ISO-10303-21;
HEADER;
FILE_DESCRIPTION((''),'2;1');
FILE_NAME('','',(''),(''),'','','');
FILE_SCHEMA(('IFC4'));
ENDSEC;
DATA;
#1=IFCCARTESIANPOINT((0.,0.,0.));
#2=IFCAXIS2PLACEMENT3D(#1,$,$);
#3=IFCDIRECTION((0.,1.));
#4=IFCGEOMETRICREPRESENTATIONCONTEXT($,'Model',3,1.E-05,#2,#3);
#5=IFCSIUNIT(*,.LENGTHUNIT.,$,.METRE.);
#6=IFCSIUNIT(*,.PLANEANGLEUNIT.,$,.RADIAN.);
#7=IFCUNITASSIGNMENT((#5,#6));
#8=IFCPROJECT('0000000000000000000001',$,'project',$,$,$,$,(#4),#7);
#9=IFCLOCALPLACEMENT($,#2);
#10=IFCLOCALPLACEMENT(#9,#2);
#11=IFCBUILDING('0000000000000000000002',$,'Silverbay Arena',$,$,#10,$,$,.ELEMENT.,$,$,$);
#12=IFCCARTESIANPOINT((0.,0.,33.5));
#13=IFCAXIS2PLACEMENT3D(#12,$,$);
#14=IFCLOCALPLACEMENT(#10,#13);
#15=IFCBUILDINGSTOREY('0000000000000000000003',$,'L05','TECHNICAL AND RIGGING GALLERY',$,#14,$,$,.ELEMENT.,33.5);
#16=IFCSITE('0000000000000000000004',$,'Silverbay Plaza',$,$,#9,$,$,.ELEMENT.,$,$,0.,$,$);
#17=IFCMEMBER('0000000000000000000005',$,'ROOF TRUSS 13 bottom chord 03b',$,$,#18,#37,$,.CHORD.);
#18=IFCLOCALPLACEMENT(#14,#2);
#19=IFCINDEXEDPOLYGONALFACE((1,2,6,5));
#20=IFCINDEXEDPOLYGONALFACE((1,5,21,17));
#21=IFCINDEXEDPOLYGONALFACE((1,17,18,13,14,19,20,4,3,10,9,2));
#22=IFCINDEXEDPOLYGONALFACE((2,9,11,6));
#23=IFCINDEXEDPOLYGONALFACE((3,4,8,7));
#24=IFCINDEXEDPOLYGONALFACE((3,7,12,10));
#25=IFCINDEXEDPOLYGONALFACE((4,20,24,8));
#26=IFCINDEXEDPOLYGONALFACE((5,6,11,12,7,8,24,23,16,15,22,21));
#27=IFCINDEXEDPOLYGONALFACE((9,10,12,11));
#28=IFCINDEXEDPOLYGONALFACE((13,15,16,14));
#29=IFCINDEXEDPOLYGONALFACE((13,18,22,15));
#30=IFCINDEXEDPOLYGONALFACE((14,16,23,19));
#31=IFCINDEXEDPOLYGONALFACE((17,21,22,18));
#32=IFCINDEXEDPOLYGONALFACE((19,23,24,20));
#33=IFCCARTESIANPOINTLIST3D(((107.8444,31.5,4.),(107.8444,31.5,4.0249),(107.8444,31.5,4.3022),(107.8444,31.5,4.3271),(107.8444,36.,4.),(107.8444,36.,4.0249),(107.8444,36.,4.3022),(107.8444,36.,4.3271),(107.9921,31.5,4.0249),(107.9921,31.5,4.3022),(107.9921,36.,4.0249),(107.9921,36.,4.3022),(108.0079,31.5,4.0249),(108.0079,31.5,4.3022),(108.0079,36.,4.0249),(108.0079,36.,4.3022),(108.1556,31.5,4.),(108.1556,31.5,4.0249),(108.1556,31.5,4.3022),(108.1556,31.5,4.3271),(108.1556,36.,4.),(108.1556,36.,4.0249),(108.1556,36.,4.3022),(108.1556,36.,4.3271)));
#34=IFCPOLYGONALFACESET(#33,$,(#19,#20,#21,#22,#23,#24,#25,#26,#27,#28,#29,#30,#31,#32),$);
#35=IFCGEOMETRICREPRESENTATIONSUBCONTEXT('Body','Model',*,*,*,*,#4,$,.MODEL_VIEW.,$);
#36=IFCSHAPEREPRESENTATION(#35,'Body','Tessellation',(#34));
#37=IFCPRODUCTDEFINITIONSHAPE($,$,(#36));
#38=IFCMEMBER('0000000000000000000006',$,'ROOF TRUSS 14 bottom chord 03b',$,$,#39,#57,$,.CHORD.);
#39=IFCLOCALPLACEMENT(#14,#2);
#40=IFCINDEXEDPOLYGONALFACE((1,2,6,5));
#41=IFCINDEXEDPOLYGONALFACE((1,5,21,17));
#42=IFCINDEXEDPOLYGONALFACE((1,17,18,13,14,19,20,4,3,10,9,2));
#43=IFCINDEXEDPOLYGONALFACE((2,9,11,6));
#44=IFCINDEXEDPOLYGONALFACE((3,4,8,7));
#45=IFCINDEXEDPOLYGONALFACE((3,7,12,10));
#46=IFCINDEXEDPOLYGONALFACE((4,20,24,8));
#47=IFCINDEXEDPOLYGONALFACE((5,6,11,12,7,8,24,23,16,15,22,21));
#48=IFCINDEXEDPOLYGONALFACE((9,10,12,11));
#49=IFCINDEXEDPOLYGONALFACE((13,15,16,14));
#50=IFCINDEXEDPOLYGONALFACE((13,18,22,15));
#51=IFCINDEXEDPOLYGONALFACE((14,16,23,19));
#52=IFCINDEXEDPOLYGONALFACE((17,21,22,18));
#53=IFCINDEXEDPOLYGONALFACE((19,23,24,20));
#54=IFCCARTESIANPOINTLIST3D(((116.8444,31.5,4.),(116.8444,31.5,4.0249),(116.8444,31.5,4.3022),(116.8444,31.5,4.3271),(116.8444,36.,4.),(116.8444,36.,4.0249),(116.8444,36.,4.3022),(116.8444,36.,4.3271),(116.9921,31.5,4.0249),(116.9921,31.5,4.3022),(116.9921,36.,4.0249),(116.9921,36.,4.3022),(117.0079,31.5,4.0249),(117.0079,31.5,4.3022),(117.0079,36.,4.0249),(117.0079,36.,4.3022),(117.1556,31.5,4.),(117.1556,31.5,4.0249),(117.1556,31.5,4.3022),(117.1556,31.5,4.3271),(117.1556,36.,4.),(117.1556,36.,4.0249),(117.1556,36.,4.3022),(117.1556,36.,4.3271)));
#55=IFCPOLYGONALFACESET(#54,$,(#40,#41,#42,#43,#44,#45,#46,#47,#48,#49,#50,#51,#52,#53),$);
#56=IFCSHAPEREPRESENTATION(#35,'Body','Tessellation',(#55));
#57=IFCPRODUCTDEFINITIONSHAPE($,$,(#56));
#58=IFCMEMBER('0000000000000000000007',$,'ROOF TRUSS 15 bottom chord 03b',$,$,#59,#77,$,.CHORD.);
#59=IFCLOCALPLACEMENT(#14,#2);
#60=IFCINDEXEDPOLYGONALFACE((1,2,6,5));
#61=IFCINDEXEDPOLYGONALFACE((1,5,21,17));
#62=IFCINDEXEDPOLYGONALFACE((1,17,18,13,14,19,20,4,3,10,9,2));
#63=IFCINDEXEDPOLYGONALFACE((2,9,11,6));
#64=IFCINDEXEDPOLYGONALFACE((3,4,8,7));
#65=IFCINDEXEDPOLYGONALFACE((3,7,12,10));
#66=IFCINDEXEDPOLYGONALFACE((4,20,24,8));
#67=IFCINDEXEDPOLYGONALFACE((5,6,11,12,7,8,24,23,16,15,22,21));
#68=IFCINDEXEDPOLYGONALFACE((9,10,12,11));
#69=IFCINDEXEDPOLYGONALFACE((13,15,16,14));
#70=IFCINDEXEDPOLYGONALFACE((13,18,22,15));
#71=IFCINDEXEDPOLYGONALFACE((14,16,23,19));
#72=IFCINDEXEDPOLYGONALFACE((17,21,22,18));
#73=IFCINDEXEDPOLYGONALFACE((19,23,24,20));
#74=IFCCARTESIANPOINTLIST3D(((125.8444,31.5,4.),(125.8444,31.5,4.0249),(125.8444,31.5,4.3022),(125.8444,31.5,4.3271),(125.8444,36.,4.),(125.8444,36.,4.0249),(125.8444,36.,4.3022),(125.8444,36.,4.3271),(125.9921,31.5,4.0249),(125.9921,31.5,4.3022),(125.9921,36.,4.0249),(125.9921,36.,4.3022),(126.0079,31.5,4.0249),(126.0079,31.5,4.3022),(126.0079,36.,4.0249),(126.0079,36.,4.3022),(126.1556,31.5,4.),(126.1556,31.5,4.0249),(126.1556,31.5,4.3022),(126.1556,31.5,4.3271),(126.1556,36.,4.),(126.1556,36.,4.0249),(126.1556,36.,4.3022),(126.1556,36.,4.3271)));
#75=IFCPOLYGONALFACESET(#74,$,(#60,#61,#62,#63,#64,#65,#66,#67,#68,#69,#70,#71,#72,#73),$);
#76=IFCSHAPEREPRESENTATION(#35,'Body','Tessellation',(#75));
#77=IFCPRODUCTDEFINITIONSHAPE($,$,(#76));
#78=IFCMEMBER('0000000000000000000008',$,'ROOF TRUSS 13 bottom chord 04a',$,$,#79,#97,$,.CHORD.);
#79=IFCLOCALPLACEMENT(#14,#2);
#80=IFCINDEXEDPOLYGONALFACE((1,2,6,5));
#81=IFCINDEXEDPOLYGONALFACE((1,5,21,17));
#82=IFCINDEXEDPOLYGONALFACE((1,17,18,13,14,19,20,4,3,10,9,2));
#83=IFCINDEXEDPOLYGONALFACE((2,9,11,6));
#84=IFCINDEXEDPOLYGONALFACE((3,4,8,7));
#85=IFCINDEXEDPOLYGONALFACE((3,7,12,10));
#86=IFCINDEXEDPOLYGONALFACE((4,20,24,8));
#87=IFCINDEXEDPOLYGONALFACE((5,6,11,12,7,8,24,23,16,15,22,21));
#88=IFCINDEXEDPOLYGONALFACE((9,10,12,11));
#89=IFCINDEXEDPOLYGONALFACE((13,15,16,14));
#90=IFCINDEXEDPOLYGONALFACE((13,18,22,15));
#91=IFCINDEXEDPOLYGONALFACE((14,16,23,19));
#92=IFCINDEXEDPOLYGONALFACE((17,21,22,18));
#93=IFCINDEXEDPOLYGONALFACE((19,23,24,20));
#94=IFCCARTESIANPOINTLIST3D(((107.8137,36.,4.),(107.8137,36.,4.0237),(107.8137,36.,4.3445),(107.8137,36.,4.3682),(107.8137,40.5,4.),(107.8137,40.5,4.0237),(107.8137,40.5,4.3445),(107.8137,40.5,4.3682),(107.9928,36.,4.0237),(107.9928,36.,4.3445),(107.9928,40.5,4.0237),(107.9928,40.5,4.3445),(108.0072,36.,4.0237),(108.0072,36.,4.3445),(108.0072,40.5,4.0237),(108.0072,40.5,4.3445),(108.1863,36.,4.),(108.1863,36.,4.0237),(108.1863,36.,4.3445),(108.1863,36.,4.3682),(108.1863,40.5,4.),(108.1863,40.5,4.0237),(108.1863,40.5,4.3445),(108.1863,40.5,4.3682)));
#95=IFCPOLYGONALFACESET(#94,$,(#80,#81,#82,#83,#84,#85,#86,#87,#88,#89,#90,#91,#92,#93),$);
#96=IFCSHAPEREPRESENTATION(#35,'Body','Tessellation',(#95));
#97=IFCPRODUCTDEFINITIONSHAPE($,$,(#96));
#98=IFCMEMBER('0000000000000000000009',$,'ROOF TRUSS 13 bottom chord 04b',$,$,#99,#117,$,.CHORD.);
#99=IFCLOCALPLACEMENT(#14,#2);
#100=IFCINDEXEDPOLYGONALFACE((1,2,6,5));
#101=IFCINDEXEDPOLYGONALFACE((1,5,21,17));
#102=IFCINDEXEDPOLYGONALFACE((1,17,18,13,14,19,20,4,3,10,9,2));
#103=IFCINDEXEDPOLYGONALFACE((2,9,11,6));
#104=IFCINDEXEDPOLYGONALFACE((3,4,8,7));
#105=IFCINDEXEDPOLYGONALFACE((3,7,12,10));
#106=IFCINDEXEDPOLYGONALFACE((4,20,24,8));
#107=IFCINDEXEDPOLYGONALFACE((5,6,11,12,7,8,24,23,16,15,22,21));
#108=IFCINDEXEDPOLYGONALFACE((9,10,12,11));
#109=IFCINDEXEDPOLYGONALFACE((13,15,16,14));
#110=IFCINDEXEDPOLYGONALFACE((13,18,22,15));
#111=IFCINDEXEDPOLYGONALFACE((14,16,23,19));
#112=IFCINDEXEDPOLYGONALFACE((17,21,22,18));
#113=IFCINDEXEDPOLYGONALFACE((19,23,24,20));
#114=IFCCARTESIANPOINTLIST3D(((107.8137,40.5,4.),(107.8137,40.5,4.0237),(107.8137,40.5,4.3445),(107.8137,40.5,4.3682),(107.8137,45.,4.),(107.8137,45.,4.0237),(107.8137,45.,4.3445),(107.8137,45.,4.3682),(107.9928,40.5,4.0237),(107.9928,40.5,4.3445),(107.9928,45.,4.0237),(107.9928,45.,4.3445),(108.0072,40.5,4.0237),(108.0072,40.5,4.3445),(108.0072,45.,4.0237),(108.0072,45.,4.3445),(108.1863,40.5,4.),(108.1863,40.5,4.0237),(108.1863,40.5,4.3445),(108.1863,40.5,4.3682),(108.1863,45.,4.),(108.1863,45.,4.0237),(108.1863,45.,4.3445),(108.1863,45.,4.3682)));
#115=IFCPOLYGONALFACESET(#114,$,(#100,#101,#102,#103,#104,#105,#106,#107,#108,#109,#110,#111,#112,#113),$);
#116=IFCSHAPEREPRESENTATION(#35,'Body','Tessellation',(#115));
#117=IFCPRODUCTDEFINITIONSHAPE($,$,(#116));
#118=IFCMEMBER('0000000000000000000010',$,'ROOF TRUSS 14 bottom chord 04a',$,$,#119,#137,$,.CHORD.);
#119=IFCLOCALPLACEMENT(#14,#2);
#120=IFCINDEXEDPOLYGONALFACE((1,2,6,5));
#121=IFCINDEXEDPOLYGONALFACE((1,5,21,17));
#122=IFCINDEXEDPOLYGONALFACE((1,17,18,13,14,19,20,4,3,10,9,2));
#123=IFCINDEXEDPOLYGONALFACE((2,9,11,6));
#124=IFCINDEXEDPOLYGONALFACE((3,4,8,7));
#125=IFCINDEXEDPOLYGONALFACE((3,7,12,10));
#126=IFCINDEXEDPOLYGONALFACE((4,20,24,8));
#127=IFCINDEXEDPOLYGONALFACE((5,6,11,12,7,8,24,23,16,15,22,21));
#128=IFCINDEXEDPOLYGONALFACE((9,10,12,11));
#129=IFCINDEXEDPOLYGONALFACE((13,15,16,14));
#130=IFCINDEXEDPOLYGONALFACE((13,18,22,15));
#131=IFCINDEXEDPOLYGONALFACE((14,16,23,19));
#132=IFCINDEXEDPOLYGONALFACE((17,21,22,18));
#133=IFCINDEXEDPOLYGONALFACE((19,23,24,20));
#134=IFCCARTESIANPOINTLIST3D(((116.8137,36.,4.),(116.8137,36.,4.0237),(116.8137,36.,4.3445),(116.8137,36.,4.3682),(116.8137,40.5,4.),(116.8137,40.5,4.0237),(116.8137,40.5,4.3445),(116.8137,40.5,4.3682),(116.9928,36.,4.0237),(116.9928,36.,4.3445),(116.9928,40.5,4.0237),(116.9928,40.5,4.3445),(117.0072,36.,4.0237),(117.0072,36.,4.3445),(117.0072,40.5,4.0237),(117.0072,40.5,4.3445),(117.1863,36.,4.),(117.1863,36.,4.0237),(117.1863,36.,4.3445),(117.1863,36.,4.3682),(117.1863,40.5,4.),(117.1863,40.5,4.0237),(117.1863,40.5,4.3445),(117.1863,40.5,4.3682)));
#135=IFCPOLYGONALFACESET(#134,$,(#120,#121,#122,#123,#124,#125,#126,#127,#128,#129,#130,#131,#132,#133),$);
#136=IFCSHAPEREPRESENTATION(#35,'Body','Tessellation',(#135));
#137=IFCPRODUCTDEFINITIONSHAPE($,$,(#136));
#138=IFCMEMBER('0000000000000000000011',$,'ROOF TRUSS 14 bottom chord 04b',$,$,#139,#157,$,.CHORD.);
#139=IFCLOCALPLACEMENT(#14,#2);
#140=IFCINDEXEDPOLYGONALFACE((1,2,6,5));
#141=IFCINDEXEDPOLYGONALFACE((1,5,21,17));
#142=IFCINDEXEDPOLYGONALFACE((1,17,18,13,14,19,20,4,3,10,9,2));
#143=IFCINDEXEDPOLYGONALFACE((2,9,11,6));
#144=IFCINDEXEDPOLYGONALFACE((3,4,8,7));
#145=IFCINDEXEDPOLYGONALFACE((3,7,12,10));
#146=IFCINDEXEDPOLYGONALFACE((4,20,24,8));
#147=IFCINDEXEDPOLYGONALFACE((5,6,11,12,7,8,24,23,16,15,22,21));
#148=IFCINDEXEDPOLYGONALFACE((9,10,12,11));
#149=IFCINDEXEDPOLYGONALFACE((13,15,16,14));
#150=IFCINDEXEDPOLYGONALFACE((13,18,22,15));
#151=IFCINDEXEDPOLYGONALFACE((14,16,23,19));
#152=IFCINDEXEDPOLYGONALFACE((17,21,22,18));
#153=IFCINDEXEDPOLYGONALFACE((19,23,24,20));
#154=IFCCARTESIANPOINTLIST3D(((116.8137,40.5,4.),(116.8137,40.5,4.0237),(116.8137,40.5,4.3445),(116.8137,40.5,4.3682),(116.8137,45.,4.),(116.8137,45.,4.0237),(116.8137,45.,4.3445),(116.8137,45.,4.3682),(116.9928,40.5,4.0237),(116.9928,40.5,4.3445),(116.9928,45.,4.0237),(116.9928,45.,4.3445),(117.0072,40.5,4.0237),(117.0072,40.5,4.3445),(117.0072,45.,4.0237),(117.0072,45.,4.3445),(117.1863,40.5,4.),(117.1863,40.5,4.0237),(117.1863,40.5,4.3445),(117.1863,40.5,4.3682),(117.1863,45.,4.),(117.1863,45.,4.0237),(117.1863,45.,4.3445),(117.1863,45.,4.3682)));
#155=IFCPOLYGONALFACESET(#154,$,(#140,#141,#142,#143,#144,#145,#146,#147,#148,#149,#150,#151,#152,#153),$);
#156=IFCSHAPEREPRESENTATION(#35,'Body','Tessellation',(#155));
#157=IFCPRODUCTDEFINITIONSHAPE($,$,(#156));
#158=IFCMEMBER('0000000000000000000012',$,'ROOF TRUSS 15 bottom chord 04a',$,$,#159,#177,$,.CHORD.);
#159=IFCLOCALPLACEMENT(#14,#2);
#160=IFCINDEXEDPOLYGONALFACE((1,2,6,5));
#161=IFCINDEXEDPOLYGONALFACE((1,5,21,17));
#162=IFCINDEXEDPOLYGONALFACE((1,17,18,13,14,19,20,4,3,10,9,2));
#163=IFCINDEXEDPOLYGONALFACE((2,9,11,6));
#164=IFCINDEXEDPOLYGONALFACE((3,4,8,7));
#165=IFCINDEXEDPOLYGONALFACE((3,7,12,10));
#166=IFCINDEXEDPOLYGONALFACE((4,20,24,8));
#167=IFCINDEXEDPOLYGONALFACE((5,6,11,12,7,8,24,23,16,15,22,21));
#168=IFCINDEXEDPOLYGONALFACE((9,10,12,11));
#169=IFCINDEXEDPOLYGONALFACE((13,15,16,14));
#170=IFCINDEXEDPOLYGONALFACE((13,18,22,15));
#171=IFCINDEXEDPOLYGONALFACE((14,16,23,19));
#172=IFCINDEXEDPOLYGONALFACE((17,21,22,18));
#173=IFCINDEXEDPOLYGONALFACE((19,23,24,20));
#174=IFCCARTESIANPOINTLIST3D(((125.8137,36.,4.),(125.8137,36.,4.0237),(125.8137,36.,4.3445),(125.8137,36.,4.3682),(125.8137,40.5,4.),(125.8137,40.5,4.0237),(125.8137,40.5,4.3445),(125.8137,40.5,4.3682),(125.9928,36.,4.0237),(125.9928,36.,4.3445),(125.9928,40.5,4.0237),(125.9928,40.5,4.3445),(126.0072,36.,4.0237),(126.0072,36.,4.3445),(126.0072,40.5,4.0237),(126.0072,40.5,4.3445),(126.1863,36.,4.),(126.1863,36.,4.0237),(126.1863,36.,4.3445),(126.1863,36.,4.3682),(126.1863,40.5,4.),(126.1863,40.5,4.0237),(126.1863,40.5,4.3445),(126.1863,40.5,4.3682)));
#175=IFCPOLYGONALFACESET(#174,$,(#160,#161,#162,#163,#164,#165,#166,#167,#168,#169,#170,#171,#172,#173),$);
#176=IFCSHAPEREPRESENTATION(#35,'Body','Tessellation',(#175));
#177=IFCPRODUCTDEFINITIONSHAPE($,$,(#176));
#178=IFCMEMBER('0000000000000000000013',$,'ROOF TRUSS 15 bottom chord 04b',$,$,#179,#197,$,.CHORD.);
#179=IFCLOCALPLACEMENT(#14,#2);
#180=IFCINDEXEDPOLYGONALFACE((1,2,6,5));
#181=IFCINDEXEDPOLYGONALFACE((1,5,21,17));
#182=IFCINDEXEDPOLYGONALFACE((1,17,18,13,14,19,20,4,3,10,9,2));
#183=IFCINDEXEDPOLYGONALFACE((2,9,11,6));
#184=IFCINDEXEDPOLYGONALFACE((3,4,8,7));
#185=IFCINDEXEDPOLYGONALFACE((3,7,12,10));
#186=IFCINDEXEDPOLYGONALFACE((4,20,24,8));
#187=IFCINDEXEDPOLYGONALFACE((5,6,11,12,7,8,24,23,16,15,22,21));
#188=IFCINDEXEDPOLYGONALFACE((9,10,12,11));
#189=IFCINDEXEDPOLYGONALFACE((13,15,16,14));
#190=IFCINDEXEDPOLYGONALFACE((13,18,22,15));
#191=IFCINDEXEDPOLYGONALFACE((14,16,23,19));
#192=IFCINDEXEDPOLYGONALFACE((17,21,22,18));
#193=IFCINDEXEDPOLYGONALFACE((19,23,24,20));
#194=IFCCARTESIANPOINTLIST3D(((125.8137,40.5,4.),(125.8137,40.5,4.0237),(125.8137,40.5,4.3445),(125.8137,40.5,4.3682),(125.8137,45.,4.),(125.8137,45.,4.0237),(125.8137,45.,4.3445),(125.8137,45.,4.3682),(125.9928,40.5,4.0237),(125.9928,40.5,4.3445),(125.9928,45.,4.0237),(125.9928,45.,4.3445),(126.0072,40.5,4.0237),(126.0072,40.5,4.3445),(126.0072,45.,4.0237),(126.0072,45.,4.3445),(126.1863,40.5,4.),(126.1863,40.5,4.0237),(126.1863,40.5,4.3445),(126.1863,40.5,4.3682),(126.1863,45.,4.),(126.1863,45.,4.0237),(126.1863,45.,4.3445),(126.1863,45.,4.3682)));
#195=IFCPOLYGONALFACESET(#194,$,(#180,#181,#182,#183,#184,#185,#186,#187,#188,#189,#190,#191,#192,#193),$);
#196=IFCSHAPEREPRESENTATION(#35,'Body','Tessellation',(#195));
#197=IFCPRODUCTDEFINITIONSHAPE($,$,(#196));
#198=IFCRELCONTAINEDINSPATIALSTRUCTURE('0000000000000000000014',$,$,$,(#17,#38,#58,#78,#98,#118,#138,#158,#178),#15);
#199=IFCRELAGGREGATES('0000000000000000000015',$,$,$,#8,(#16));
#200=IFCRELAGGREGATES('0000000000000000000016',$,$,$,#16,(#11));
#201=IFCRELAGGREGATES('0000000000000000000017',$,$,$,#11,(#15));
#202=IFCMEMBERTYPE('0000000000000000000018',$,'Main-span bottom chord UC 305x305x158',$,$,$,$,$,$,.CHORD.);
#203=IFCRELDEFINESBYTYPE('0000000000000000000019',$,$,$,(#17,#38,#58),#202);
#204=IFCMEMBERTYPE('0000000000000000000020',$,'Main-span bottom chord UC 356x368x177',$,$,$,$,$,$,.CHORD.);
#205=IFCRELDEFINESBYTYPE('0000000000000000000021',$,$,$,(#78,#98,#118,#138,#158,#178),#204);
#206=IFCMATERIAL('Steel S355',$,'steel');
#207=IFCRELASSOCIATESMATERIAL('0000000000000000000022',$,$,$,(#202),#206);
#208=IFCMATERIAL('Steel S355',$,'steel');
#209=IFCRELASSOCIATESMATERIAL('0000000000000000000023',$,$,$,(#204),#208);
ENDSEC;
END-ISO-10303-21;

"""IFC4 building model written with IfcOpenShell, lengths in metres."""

from ifc_helpers import new_model, si_unit, direction, frame, origin, origin_2d, place, context, subcontext, project, spatial, i_section, extrude, material, material_profile, profile_set, type_object, element, save


model = new_model("IFC4")

# Units and contexts
model_context = context("Model", 3, precision=1e-05, world=origin(), true_north=direction((0.0, 1.0)))
body_context = subcontext(model_context, "Body", "Model", "MODEL_VIEW")
ifc_project = project(units=[si_unit("LENGTHUNIT", "METRE"), si_unit("PLANEANGLEUNIT", "RADIAN")], contexts=[model_context])

# Site, building, storey
site_placement = place(None, origin())
site = spatial("IfcSite", under=ifc_project, at=site_placement, Name="Silverbay Plaza", CompositionType="ELEMENT", RefElevation=0.0)
building_placement = place(site_placement, origin())
building = spatial("IfcBuilding", under=site, at=building_placement, Name="Silverbay Arena", CompositionType="ELEMENT")
storey_placement = place(building_placement, frame((0.0, 0.0, 33.5)))
storey = spatial("IfcBuildingStorey", under=building, at=storey_placement, Name="L05", Description="TECHNICAL AND RIGGING GALLERY", CompositionType="ELEMENT", Elevation=33.5)

# Members
ifc_material_1 = material(Name="Steel S355", Category="steel")
ifc_material_profile_1 = material_profile(ifc_material_1, i_section(OverallWidth=0.3113, OverallDepth=0.3271, WebThickness=0.0159, FlangeThickness=0.0249, at=origin_2d()), Name="UC 305x305x158")
ifc_profile_set_1 = profile_set([ifc_material_profile_1], Name="Steel S355")
member_type_1 = type_object("IfcMemberType", Name="Main-span bottom chord UC 305x305x158", PredefinedType="CHORD", material=ifc_profile_set_1)
for number, where, z_axis, x_axis, name in (
    (1, (108.0, 31.5, 4.1636), (0.0, 1.0, 0.0), (-1.0, 0.0, 0.0), "ROOF TRUSS 13 bottom chord 03b"),
    (2, (117.0, 31.5, 4.1636), (0.0, 1.0, 0.0), (-1.0, 0.0, 0.0), "ROOF TRUSS 14 bottom chord 03b"),
    (3, (126.0, 31.5, 4.1636), (0.0, 1.0, 0.0), (-1.0, 0.0, 0.0), "ROOF TRUSS 15 bottom chord 03b"),
):
    element("IfcMember", number, at=place(storey_placement, frame(where, z_axis=z_axis, x_axis=x_axis)), inside=storey, type_object=member_type_1, Name=name, PredefinedType="CHORD", context=body_context, shape_type="SweptSolid", body=[
        extrude(i_section(OverallWidth=0.3113, OverallDepth=0.3271, WebThickness=0.0159, FlangeThickness=0.0249, at=origin_2d()), origin(), (0.0, 0.0, 1.0), 4.5),
    ])
ifc_material_2 = material(Name="Steel S355", Category="steel")
ifc_material_profile_2 = material_profile(ifc_material_2, i_section(OverallWidth=0.3726, OverallDepth=0.3682, WebThickness=0.0144, FlangeThickness=0.0237, at=origin_2d()), Name="UC 356x368x177")
ifc_profile_set_2 = profile_set([ifc_material_profile_2], Name="Steel S355")
member_type_2 = type_object("IfcMemberType", Name="Main-span bottom chord UC 356x368x177", PredefinedType="CHORD", material=ifc_profile_set_2)
for number, where, z_axis, x_axis, name in (
    (4, (108.0, 36.0, 4.1841), (0.0, 1.0, 0.0), (-1.0, 0.0, 0.0), "ROOF TRUSS 13 bottom chord 04a"),
    (5, (108.0, 40.5, 4.1841), (0.0, 1.0, 0.0), (-1.0, 0.0, 0.0), "ROOF TRUSS 13 bottom chord 04b"),
    (6, (117.0, 36.0, 4.1841), (0.0, 1.0, 0.0), (-1.0, 0.0, 0.0), "ROOF TRUSS 14 bottom chord 04a"),
    (7, (117.0, 40.5, 4.1841), (0.0, 1.0, 0.0), (-1.0, 0.0, 0.0), "ROOF TRUSS 14 bottom chord 04b"),
    (8, (126.0, 36.0, 4.1841), (0.0, 1.0, 0.0), (-1.0, 0.0, 0.0), "ROOF TRUSS 15 bottom chord 04a"),
    (9, (126.0, 40.5, 4.1841), (0.0, 1.0, 0.0), (-1.0, 0.0, 0.0), "ROOF TRUSS 15 bottom chord 04b"),
):
    element("IfcMember", number, at=place(storey_placement, frame(where, z_axis=z_axis, x_axis=x_axis)), inside=storey, type_object=member_type_2, Name=name, PredefinedType="CHORD", context=body_context, shape_type="SweptSolid", body=[
        extrude(i_section(OverallWidth=0.3726, OverallDepth=0.3682, WebThickness=0.0144, FlangeThickness=0.0237, at=origin_2d()), origin(), (0.0, 0.0, 1.0), 4.5),
    ])

save(model, "model.ifc")
